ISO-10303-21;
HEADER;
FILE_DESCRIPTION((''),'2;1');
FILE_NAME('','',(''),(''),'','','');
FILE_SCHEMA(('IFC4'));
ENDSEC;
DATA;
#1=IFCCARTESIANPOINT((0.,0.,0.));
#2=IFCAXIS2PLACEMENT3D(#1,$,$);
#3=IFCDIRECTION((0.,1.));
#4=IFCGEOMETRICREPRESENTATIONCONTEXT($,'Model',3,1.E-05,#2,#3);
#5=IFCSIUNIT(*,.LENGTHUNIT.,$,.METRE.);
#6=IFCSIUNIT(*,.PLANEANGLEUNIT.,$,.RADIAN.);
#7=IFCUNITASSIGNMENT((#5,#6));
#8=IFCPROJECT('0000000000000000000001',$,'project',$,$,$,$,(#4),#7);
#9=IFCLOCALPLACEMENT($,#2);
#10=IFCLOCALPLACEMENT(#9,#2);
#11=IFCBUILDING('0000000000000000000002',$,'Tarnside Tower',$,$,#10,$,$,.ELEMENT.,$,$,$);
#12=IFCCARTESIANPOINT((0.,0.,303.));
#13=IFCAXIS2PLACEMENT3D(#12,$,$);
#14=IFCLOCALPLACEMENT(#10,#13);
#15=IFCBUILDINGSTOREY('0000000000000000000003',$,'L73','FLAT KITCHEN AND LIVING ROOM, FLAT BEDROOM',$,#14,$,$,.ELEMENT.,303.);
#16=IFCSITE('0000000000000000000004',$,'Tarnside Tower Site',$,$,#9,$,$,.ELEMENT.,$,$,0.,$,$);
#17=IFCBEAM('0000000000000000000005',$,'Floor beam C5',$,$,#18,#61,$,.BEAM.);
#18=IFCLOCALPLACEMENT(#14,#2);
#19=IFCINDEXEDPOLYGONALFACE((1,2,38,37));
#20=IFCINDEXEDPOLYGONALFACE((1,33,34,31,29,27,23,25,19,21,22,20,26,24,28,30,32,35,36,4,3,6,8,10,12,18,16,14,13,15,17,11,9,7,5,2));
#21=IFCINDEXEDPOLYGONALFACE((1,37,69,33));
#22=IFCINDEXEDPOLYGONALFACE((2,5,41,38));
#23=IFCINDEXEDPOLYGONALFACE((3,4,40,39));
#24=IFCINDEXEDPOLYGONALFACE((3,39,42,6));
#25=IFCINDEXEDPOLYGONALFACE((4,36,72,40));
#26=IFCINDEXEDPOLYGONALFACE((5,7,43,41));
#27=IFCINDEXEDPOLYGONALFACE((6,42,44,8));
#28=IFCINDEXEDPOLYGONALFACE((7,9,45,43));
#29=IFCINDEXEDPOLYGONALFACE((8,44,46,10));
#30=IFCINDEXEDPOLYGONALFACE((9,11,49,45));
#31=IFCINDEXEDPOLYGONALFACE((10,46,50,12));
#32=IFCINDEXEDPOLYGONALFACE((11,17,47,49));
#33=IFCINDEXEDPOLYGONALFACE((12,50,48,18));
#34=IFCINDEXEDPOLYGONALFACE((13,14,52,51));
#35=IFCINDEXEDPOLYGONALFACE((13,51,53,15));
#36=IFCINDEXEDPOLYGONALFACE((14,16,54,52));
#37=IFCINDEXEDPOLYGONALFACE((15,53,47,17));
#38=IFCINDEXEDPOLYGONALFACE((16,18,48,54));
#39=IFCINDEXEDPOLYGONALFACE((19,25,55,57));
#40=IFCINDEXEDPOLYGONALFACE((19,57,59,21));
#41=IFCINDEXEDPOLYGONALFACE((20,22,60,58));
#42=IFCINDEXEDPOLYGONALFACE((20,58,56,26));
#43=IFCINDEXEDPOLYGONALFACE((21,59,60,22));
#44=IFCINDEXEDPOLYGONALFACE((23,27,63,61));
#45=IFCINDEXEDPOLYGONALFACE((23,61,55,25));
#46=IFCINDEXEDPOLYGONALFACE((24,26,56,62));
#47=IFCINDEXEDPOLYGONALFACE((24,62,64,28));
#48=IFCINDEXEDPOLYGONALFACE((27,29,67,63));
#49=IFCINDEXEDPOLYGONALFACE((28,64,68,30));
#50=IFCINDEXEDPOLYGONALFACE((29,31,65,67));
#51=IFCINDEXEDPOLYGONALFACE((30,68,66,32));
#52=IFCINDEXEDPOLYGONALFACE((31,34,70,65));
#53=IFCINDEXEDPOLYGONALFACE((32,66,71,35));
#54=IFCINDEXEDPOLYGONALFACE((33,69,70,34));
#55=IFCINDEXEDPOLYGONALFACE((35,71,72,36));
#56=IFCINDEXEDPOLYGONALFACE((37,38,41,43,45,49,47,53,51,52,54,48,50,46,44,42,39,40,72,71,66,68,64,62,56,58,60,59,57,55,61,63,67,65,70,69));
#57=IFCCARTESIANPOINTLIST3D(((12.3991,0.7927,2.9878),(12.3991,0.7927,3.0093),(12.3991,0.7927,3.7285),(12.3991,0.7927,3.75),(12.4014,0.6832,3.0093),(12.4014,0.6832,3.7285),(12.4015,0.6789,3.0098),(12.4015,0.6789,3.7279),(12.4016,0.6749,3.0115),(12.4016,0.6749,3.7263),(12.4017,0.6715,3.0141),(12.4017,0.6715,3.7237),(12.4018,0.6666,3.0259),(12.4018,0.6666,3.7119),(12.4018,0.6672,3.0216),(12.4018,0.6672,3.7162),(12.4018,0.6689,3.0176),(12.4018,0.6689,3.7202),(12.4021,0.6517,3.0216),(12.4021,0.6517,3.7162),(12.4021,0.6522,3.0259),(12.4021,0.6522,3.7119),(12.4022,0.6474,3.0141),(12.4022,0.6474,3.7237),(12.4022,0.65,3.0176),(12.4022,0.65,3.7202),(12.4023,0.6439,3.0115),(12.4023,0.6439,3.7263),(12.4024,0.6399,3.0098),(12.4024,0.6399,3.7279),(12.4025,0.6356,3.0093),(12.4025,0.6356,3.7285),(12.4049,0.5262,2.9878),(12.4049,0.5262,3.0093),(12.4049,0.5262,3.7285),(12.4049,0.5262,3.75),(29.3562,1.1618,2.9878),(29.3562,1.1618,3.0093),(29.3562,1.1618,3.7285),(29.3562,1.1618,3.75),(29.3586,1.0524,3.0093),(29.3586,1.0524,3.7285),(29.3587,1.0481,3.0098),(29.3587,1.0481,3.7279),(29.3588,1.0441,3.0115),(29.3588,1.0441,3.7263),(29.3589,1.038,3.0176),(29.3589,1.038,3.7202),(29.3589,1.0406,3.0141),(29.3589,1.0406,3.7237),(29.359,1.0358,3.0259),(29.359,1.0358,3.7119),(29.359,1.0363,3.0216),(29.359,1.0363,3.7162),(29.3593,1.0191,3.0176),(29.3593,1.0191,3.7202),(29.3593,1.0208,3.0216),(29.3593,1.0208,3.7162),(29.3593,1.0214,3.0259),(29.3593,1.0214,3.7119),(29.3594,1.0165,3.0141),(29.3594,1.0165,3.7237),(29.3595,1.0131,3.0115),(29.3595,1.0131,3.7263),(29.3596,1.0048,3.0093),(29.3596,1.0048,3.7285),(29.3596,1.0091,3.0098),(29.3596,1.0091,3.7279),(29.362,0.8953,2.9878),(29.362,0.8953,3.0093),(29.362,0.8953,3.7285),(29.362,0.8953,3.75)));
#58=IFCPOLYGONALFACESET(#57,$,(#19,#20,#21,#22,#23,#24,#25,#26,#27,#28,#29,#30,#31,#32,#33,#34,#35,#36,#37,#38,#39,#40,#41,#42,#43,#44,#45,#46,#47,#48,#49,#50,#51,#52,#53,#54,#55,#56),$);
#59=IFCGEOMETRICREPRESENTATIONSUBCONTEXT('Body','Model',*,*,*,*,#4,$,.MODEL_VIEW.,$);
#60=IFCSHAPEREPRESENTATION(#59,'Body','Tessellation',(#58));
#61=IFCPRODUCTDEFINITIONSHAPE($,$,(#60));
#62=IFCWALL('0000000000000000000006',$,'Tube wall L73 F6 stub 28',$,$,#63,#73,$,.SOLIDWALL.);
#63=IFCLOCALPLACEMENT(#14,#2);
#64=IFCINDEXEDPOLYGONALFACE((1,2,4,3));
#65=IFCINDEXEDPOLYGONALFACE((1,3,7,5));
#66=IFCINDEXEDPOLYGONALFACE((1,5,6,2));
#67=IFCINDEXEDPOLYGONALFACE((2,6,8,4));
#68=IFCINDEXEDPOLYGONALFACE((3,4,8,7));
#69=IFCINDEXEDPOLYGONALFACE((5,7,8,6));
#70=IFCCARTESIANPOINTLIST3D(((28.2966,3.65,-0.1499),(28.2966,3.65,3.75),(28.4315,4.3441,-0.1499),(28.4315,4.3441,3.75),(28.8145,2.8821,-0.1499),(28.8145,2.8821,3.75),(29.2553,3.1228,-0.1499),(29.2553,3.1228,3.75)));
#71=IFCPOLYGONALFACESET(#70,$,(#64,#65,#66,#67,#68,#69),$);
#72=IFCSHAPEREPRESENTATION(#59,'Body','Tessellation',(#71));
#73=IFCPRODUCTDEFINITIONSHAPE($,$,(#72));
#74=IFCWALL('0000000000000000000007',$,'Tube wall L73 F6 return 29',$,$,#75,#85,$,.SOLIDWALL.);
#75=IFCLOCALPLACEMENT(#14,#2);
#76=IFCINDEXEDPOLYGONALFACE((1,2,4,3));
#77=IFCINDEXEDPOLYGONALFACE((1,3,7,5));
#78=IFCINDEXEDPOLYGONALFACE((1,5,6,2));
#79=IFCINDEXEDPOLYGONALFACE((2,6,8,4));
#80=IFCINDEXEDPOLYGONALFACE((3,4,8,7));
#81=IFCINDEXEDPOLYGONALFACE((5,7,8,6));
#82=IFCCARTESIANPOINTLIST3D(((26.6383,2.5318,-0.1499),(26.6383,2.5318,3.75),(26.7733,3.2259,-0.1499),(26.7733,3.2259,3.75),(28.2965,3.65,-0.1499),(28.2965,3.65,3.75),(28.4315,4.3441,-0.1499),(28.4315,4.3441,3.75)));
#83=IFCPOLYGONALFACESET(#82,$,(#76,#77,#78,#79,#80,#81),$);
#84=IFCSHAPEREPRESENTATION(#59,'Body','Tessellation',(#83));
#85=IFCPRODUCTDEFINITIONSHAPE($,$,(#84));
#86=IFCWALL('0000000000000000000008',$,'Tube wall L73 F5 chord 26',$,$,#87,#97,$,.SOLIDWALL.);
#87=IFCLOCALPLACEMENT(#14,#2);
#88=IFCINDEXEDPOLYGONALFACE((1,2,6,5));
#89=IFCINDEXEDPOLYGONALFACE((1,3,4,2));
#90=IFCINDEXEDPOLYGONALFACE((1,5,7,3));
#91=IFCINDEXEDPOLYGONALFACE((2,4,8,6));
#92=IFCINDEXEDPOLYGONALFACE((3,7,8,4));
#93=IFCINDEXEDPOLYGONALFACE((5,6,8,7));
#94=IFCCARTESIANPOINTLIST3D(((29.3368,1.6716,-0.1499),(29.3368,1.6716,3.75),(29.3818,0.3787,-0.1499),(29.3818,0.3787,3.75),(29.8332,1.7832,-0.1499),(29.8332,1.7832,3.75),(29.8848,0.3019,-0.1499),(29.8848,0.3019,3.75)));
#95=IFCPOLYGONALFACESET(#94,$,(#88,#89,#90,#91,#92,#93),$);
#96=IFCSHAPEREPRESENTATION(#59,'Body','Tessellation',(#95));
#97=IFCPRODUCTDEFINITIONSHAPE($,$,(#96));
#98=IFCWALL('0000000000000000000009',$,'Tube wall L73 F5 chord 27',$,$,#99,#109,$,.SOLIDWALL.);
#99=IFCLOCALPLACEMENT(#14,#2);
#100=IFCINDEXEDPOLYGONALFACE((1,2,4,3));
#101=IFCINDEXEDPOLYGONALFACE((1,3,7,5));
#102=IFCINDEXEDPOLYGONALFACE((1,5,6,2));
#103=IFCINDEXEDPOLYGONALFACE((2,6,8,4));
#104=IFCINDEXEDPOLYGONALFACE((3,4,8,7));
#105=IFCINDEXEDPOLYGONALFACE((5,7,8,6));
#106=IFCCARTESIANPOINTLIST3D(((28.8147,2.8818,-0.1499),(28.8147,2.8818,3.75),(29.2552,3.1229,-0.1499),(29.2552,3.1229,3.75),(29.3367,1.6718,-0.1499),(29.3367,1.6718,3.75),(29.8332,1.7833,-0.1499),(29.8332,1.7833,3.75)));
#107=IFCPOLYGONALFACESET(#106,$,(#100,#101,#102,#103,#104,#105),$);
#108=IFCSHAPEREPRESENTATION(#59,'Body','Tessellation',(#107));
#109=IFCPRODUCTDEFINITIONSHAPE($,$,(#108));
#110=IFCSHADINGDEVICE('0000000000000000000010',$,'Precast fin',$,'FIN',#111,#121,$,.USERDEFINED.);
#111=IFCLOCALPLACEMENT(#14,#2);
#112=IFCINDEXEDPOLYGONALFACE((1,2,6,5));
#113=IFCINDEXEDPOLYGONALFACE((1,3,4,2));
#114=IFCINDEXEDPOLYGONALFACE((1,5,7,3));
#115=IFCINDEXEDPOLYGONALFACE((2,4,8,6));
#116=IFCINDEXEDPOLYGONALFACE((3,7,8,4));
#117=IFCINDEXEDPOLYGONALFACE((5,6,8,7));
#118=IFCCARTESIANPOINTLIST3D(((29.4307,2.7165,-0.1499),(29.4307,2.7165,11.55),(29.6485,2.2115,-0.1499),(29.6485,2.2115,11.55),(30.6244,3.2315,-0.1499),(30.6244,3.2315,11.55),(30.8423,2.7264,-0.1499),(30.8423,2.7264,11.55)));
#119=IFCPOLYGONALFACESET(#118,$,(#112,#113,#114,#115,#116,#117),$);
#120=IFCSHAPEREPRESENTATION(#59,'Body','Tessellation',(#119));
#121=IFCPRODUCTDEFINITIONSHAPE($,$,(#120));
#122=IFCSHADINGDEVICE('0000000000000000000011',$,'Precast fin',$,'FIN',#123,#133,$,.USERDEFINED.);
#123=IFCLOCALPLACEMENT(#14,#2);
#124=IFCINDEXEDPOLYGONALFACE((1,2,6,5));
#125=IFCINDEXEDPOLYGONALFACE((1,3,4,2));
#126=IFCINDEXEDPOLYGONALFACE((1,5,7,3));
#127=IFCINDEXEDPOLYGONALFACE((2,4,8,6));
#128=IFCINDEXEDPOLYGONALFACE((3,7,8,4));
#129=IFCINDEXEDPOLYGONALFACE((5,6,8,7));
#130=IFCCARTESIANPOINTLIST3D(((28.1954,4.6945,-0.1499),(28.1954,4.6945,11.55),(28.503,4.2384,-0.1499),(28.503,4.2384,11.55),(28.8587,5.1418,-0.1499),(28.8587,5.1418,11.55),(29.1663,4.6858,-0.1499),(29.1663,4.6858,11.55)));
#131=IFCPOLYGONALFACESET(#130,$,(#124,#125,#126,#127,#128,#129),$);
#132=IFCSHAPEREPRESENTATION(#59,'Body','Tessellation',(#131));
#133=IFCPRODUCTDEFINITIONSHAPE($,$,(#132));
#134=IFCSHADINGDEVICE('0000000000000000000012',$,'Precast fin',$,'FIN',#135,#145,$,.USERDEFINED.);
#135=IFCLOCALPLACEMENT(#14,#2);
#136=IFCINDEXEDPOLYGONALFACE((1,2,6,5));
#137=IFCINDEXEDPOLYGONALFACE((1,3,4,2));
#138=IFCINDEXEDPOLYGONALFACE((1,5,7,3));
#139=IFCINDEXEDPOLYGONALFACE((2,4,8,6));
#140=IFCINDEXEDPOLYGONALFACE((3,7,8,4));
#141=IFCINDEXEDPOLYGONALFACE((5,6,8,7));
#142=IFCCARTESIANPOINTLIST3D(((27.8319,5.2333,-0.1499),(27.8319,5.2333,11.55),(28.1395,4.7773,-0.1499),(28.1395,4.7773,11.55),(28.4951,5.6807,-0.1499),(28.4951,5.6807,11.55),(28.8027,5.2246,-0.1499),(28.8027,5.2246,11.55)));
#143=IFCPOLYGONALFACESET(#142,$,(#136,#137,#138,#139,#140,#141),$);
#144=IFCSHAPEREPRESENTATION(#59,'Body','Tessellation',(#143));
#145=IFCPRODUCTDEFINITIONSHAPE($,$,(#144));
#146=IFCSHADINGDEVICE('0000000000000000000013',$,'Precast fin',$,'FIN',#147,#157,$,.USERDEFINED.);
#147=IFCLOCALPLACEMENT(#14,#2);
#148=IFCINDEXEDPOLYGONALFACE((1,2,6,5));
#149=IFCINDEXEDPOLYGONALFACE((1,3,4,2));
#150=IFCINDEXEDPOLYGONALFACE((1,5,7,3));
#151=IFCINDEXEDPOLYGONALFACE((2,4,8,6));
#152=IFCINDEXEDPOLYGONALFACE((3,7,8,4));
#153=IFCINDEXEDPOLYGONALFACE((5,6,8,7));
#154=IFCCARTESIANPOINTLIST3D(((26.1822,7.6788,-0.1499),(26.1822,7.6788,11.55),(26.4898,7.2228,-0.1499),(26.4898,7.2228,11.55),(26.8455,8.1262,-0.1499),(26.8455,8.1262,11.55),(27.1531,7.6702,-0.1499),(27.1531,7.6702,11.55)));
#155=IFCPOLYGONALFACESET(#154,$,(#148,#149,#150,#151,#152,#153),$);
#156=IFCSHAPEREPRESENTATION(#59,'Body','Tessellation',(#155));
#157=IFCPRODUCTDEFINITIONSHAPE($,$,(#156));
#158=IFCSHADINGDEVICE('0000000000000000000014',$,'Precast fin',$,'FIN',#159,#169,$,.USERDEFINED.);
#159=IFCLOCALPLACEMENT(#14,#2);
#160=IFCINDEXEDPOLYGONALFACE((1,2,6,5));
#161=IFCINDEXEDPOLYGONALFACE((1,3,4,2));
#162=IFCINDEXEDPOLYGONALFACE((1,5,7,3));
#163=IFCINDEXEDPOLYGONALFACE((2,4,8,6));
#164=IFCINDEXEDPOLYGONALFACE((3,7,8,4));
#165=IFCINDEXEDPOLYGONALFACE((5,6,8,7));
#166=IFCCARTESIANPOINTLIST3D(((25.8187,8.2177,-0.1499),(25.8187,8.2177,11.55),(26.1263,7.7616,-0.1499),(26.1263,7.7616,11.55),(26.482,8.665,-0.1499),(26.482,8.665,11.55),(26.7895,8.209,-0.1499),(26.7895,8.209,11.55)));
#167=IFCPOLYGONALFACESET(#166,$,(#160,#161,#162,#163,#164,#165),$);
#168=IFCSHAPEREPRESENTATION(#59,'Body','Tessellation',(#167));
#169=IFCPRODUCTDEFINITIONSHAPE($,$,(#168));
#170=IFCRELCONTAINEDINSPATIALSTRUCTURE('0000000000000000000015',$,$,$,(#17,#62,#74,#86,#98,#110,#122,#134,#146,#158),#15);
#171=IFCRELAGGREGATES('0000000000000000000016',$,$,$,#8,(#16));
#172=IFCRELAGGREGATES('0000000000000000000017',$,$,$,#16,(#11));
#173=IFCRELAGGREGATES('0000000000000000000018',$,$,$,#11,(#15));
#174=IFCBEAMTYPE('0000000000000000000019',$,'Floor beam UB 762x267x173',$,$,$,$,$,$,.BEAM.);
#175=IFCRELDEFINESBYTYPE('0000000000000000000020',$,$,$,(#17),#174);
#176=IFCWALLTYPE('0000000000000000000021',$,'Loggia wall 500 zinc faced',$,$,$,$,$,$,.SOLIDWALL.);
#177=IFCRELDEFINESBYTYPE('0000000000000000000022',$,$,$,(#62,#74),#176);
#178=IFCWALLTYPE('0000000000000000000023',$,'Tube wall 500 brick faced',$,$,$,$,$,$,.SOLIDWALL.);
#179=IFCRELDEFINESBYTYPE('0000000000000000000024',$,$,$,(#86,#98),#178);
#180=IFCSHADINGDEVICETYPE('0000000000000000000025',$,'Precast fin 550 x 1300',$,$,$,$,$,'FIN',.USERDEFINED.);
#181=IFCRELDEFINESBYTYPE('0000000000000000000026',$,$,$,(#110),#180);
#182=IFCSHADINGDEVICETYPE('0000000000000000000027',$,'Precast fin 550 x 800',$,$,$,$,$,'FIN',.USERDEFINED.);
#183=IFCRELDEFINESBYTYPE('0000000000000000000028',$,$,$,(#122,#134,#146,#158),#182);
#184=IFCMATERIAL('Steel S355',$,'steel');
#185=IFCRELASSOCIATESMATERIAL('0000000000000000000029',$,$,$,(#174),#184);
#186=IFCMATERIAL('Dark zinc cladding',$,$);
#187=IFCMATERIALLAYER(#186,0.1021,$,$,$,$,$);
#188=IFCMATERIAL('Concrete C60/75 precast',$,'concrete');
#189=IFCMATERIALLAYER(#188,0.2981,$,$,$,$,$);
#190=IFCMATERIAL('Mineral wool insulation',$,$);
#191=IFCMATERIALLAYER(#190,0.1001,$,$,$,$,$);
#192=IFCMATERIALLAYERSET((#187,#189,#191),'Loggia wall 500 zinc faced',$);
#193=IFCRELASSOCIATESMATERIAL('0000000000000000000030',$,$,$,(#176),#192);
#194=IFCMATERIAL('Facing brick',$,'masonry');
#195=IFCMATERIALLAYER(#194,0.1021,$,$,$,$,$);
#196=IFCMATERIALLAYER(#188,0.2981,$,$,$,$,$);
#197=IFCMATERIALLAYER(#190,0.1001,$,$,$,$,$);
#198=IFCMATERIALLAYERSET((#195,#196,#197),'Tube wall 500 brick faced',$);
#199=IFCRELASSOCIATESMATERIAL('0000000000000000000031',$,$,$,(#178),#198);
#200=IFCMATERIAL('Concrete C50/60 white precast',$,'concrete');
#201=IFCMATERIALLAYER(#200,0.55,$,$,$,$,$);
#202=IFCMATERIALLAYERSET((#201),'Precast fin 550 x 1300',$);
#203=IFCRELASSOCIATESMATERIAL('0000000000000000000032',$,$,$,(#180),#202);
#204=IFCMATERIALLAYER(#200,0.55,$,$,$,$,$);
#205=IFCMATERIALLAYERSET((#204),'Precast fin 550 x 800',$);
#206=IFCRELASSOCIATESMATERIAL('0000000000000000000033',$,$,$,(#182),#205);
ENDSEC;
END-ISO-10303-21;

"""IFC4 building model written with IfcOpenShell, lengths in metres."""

from ifc_helpers import new_model, si_unit, direction, frame, origin, origin_2d, place, context, subcontext, project, spatial, polyline, i_section, outline, extrude, material, layer, layer_set, material_profile, profile_set, type_object, element, save


model = new_model("IFC4")

# Units and contexts
model_context = context("Model", 3, precision=1e-05, world=origin(), true_north=direction((0.0, 1.0)))
body_context = subcontext(model_context, "Body", "Model", "MODEL_VIEW")
ifc_project = project(units=[si_unit("LENGTHUNIT", "METRE"), si_unit("PLANEANGLEUNIT", "RADIAN")], contexts=[model_context])

# Site, building, storey
site_placement = place(None, origin())
site = spatial("IfcSite", under=ifc_project, at=site_placement, Name="Tarnside Tower Site", CompositionType="ELEMENT", RefElevation=0.0)
building_placement = place(site_placement, origin())
building = spatial("IfcBuilding", under=site, at=building_placement, Name="Tarnside Tower", CompositionType="ELEMENT")
storey_placement = place(building_placement, frame((0.0, 0.0, 303.0)))
storey = spatial("IfcBuildingStorey", under=building, at=storey_placement, Name="L73", Description="FLAT KITCHEN AND LIVING ROOM, FLAT BEDROOM", CompositionType="ELEMENT", Elevation=303.0)

# Beam
ifc_material_1 = material(Name="Steel S355", Category="steel")
ifc_material_profile = material_profile(ifc_material_1, i_section(OverallWidth=0.2666, OverallDepth=0.7622, WebThickness=0.0144, FlangeThickness=0.0215, FilletRadius=0.0166, at=origin_2d()), Name="UB 762x267x173")
ifc_profile_set = profile_set([ifc_material_profile], Name="Steel S355")
beam_type = type_object("IfcBeamType", Name="Floor beam UB 762x267x173", PredefinedType="BEAM", material=ifc_profile_set)
beam_placement = place(storey_placement, frame((29.3591, 1.0286, 3.3689), z_axis=(-0.999763, -0.021764, 0.0), x_axis=(0.021764, -0.999763, 0.0)))
element("IfcBeam", 1, at=beam_placement, inside=storey, type_object=beam_type, Name="Floor beam C5", PredefinedType="BEAM", context=body_context, shape_type="SweptSolid", body=[
    extrude(i_section(OverallWidth=0.2666, OverallDepth=0.7622, WebThickness=0.0144, FlangeThickness=0.0215, FilletRadius=0.0166, at=origin_2d()), origin(), (0.0, 0.0, 1.0), 16.9612),
])

# Walls
ifc_material_2 = material(Name="Dark zinc cladding")
ifc_layer_1 = layer(ifc_material_2, 0.1021)
ifc_material_3 = material(Name="Concrete C60/75 precast", Category="concrete")
ifc_layer_2 = layer(ifc_material_3, 0.2981)
ifc_material_4 = material(Name="Mineral wool insulation")
ifc_layer_3 = layer(ifc_material_4, 0.1001)
ifc_layer_set_1 = layer_set([ifc_layer_1, ifc_layer_2, ifc_layer_3], Name="Loggia wall 500 zinc faced")
wall_type_1 = type_object("IfcWallType", Name="Loggia wall 500 zinc faced", PredefinedType="SOLIDWALL", material=ifc_layer_set_1)
wall_1_placement = place(storey_placement, frame((29.0349, 3.0024, -0.1499), z_axis=(0.0, 0.0, 1.0), x_axis=(-0.5592, 0.829033, 0.0)))
element("IfcWall", 2, at=wall_1_placement, inside=storey, type_object=wall_type_1, Name="Tube wall L73 F6 stub 28", PredefinedType="SOLIDWALL", context=body_context, shape_type="SweptSolid", body=[
    extrude(outline(polyline([(-0.0234, -0.25), (1.4497, -0.25), (0.9497, 0.25), (0.0234, 0.25), (-0.0234, -0.25)])), origin(), (0.0, 0.0, 1.0), 3.8999),
])
wall_2_placement = place(storey_placement, frame((28.364, 3.9971, -0.1499), z_axis=(0.0, 0.0, 1.0), x_axis=(-0.829109, -0.559087, 0.0)))
element("IfcWall", 3, at=wall_2_placement, inside=storey, type_object=wall_type_1, Name="Tube wall L73 F6 return 29", PredefinedType="SOLIDWALL", context=body_context, shape_type="SweptSolid", body=[
    extrude(outline(polyline([(-0.25, -0.25), (1.75, -0.25), (2.25, 0.25), (0.25, 0.25), (-0.25, -0.25)])), origin(), (0.0, 0.0, 1.0), 3.8999),
])

# Walls
ifc_material_5 = material(Name="Facing brick", Category="masonry")
ifc_layer_4 = layer(ifc_material_5, 0.1021)
ifc_layer_5 = layer(ifc_material_3, 0.2981)
ifc_layer_6 = layer(ifc_material_4, 0.1001)
ifc_layer_set_2 = layer_set([ifc_layer_4, ifc_layer_5, ifc_layer_6], Name="Tube wall 500 brick faced")
wall_type_2 = type_object("IfcWallType", Name="Tube wall 500 brick faced", PredefinedType="SOLIDWALL", material=ifc_layer_set_2)
wall_3_placement = place(storey_placement, frame((29.6333, 0.3403, -0.1499), z_axis=(0.0, 0.0, 1.0), x_axis=(-0.034826, 0.999393, 0.0)))
element("IfcWall", 4, at=wall_3_placement, inside=storey, type_object=wall_type_2, Name="Tube wall L73 F5 chord 26", PredefinedType="SOLIDWALL", context=body_context, shape_type="SweptSolid", body=[
    extrude(outline(polyline([(-0.0471, -0.25), (1.4351, -0.25), (1.3408, 0.25), (0.0471, 0.25), (-0.0471, -0.25)])), origin(), (0.0, 0.0, 1.0), 3.8999),
])
wall_4_placement = place(storey_placement, frame((29.585, 1.7275, -0.1499), z_axis=(0.0, 0.0, 1.0), x_axis=(-0.396146, 0.918187, 0.0)))
element("IfcWall", 5, at=wall_4_placement, inside=storey, type_object=wall_type_2, Name="Tube wall L73 F5 chord 27", PredefinedType="SOLIDWALL", context=body_context, shape_type="SweptSolid", body=[
    extrude(outline(polyline([(-0.0471, -0.25), (1.4119, -0.25), (1.365, 0.25), (0.0471, 0.25), (-0.0471, -0.25)])), origin(), (0.0, 0.0, 1.0), 3.8999),
])

# Shading devices
ifc_material_6 = material(Name="Concrete C50/60 white precast", Category="concrete")
ifc_layer_7 = layer(ifc_material_6, 0.55)
ifc_layer_set_3 = layer_set([ifc_layer_7], Name="Precast fin 550 x 1300")
shading_device_type_1 = type_object("IfcShadingDeviceType", Name="Precast fin 550 x 1300", ElementType="FIN", PredefinedType="USERDEFINED", material=ifc_layer_set_3)
shading_device_placement = place(storey_placement, frame((29.5396, 2.4641, -0.1499), z_axis=(0.39608, -0.918216, 0.0), x_axis=(0.918216, 0.39608, 0.0)))
element("IfcShadingDevice", 6, at=shading_device_placement, inside=storey, type_object=shading_device_type_1, Name="Precast fin", ObjectType="FIN", PredefinedType="USERDEFINED", context=body_context, shape_type="SweptSolid", body=[
    extrude(outline(polyline([(0.0, 0.0), (1.3, 0.0), (1.3, 11.7), (0.0, 11.7), (0.0, 0.0)])), frame((0.0, 0.0, -0.2749)), (0.0, 0.0, 1.0), 0.55),
])
ifc_layer_8 = layer(ifc_material_6, 0.55)
ifc_layer_set_4 = layer_set([ifc_layer_8], Name="Precast fin 550 x 800")
shading_device_type_2 = type_object("IfcShadingDeviceType", Name="Precast fin 550 x 800", ElementType="FIN", PredefinedType="USERDEFINED", material=ifc_layer_set_4)
for number, where, z_axis, x_axis, name in (
    (7, (28.3491, 4.4666, -0.1499), (0.559193, -0.829038, 0.0), (0.829038, 0.559193, 0.0), "Precast fin"),
    (8, (27.9856, 5.0054, -0.1499), (0.559193, -0.829038, 0.0), (0.829038, 0.559193, 0.0), "Precast fin"),
    (9, (26.3359, 7.4509, -0.1499), (0.559193, -0.829038, 0.0), (0.829038, 0.559193, 0.0), "Precast fin"),
    (10, (25.9724, 7.9897, -0.1499), (0.559193, -0.829038, 0.0), (0.829038, 0.559193, 0.0), "Precast fin"),
):
    element("IfcShadingDevice", number, at=place(storey_placement, frame(where, z_axis=z_axis, x_axis=x_axis)), inside=storey, type_object=shading_device_type_2, Name=name, ObjectType="FIN", PredefinedType="USERDEFINED", context=body_context, shape_type="SweptSolid", body=[
        extrude(outline(polyline([(0.0, 0.0), (0.8, 0.0), (0.8, 11.7), (0.0, 11.7), (0.0, 0.0)])), frame((0.0, 0.0, -0.2749)), (0.0, 0.0, 1.0), 0.55),
    ])

save(model, "model.ifc")
